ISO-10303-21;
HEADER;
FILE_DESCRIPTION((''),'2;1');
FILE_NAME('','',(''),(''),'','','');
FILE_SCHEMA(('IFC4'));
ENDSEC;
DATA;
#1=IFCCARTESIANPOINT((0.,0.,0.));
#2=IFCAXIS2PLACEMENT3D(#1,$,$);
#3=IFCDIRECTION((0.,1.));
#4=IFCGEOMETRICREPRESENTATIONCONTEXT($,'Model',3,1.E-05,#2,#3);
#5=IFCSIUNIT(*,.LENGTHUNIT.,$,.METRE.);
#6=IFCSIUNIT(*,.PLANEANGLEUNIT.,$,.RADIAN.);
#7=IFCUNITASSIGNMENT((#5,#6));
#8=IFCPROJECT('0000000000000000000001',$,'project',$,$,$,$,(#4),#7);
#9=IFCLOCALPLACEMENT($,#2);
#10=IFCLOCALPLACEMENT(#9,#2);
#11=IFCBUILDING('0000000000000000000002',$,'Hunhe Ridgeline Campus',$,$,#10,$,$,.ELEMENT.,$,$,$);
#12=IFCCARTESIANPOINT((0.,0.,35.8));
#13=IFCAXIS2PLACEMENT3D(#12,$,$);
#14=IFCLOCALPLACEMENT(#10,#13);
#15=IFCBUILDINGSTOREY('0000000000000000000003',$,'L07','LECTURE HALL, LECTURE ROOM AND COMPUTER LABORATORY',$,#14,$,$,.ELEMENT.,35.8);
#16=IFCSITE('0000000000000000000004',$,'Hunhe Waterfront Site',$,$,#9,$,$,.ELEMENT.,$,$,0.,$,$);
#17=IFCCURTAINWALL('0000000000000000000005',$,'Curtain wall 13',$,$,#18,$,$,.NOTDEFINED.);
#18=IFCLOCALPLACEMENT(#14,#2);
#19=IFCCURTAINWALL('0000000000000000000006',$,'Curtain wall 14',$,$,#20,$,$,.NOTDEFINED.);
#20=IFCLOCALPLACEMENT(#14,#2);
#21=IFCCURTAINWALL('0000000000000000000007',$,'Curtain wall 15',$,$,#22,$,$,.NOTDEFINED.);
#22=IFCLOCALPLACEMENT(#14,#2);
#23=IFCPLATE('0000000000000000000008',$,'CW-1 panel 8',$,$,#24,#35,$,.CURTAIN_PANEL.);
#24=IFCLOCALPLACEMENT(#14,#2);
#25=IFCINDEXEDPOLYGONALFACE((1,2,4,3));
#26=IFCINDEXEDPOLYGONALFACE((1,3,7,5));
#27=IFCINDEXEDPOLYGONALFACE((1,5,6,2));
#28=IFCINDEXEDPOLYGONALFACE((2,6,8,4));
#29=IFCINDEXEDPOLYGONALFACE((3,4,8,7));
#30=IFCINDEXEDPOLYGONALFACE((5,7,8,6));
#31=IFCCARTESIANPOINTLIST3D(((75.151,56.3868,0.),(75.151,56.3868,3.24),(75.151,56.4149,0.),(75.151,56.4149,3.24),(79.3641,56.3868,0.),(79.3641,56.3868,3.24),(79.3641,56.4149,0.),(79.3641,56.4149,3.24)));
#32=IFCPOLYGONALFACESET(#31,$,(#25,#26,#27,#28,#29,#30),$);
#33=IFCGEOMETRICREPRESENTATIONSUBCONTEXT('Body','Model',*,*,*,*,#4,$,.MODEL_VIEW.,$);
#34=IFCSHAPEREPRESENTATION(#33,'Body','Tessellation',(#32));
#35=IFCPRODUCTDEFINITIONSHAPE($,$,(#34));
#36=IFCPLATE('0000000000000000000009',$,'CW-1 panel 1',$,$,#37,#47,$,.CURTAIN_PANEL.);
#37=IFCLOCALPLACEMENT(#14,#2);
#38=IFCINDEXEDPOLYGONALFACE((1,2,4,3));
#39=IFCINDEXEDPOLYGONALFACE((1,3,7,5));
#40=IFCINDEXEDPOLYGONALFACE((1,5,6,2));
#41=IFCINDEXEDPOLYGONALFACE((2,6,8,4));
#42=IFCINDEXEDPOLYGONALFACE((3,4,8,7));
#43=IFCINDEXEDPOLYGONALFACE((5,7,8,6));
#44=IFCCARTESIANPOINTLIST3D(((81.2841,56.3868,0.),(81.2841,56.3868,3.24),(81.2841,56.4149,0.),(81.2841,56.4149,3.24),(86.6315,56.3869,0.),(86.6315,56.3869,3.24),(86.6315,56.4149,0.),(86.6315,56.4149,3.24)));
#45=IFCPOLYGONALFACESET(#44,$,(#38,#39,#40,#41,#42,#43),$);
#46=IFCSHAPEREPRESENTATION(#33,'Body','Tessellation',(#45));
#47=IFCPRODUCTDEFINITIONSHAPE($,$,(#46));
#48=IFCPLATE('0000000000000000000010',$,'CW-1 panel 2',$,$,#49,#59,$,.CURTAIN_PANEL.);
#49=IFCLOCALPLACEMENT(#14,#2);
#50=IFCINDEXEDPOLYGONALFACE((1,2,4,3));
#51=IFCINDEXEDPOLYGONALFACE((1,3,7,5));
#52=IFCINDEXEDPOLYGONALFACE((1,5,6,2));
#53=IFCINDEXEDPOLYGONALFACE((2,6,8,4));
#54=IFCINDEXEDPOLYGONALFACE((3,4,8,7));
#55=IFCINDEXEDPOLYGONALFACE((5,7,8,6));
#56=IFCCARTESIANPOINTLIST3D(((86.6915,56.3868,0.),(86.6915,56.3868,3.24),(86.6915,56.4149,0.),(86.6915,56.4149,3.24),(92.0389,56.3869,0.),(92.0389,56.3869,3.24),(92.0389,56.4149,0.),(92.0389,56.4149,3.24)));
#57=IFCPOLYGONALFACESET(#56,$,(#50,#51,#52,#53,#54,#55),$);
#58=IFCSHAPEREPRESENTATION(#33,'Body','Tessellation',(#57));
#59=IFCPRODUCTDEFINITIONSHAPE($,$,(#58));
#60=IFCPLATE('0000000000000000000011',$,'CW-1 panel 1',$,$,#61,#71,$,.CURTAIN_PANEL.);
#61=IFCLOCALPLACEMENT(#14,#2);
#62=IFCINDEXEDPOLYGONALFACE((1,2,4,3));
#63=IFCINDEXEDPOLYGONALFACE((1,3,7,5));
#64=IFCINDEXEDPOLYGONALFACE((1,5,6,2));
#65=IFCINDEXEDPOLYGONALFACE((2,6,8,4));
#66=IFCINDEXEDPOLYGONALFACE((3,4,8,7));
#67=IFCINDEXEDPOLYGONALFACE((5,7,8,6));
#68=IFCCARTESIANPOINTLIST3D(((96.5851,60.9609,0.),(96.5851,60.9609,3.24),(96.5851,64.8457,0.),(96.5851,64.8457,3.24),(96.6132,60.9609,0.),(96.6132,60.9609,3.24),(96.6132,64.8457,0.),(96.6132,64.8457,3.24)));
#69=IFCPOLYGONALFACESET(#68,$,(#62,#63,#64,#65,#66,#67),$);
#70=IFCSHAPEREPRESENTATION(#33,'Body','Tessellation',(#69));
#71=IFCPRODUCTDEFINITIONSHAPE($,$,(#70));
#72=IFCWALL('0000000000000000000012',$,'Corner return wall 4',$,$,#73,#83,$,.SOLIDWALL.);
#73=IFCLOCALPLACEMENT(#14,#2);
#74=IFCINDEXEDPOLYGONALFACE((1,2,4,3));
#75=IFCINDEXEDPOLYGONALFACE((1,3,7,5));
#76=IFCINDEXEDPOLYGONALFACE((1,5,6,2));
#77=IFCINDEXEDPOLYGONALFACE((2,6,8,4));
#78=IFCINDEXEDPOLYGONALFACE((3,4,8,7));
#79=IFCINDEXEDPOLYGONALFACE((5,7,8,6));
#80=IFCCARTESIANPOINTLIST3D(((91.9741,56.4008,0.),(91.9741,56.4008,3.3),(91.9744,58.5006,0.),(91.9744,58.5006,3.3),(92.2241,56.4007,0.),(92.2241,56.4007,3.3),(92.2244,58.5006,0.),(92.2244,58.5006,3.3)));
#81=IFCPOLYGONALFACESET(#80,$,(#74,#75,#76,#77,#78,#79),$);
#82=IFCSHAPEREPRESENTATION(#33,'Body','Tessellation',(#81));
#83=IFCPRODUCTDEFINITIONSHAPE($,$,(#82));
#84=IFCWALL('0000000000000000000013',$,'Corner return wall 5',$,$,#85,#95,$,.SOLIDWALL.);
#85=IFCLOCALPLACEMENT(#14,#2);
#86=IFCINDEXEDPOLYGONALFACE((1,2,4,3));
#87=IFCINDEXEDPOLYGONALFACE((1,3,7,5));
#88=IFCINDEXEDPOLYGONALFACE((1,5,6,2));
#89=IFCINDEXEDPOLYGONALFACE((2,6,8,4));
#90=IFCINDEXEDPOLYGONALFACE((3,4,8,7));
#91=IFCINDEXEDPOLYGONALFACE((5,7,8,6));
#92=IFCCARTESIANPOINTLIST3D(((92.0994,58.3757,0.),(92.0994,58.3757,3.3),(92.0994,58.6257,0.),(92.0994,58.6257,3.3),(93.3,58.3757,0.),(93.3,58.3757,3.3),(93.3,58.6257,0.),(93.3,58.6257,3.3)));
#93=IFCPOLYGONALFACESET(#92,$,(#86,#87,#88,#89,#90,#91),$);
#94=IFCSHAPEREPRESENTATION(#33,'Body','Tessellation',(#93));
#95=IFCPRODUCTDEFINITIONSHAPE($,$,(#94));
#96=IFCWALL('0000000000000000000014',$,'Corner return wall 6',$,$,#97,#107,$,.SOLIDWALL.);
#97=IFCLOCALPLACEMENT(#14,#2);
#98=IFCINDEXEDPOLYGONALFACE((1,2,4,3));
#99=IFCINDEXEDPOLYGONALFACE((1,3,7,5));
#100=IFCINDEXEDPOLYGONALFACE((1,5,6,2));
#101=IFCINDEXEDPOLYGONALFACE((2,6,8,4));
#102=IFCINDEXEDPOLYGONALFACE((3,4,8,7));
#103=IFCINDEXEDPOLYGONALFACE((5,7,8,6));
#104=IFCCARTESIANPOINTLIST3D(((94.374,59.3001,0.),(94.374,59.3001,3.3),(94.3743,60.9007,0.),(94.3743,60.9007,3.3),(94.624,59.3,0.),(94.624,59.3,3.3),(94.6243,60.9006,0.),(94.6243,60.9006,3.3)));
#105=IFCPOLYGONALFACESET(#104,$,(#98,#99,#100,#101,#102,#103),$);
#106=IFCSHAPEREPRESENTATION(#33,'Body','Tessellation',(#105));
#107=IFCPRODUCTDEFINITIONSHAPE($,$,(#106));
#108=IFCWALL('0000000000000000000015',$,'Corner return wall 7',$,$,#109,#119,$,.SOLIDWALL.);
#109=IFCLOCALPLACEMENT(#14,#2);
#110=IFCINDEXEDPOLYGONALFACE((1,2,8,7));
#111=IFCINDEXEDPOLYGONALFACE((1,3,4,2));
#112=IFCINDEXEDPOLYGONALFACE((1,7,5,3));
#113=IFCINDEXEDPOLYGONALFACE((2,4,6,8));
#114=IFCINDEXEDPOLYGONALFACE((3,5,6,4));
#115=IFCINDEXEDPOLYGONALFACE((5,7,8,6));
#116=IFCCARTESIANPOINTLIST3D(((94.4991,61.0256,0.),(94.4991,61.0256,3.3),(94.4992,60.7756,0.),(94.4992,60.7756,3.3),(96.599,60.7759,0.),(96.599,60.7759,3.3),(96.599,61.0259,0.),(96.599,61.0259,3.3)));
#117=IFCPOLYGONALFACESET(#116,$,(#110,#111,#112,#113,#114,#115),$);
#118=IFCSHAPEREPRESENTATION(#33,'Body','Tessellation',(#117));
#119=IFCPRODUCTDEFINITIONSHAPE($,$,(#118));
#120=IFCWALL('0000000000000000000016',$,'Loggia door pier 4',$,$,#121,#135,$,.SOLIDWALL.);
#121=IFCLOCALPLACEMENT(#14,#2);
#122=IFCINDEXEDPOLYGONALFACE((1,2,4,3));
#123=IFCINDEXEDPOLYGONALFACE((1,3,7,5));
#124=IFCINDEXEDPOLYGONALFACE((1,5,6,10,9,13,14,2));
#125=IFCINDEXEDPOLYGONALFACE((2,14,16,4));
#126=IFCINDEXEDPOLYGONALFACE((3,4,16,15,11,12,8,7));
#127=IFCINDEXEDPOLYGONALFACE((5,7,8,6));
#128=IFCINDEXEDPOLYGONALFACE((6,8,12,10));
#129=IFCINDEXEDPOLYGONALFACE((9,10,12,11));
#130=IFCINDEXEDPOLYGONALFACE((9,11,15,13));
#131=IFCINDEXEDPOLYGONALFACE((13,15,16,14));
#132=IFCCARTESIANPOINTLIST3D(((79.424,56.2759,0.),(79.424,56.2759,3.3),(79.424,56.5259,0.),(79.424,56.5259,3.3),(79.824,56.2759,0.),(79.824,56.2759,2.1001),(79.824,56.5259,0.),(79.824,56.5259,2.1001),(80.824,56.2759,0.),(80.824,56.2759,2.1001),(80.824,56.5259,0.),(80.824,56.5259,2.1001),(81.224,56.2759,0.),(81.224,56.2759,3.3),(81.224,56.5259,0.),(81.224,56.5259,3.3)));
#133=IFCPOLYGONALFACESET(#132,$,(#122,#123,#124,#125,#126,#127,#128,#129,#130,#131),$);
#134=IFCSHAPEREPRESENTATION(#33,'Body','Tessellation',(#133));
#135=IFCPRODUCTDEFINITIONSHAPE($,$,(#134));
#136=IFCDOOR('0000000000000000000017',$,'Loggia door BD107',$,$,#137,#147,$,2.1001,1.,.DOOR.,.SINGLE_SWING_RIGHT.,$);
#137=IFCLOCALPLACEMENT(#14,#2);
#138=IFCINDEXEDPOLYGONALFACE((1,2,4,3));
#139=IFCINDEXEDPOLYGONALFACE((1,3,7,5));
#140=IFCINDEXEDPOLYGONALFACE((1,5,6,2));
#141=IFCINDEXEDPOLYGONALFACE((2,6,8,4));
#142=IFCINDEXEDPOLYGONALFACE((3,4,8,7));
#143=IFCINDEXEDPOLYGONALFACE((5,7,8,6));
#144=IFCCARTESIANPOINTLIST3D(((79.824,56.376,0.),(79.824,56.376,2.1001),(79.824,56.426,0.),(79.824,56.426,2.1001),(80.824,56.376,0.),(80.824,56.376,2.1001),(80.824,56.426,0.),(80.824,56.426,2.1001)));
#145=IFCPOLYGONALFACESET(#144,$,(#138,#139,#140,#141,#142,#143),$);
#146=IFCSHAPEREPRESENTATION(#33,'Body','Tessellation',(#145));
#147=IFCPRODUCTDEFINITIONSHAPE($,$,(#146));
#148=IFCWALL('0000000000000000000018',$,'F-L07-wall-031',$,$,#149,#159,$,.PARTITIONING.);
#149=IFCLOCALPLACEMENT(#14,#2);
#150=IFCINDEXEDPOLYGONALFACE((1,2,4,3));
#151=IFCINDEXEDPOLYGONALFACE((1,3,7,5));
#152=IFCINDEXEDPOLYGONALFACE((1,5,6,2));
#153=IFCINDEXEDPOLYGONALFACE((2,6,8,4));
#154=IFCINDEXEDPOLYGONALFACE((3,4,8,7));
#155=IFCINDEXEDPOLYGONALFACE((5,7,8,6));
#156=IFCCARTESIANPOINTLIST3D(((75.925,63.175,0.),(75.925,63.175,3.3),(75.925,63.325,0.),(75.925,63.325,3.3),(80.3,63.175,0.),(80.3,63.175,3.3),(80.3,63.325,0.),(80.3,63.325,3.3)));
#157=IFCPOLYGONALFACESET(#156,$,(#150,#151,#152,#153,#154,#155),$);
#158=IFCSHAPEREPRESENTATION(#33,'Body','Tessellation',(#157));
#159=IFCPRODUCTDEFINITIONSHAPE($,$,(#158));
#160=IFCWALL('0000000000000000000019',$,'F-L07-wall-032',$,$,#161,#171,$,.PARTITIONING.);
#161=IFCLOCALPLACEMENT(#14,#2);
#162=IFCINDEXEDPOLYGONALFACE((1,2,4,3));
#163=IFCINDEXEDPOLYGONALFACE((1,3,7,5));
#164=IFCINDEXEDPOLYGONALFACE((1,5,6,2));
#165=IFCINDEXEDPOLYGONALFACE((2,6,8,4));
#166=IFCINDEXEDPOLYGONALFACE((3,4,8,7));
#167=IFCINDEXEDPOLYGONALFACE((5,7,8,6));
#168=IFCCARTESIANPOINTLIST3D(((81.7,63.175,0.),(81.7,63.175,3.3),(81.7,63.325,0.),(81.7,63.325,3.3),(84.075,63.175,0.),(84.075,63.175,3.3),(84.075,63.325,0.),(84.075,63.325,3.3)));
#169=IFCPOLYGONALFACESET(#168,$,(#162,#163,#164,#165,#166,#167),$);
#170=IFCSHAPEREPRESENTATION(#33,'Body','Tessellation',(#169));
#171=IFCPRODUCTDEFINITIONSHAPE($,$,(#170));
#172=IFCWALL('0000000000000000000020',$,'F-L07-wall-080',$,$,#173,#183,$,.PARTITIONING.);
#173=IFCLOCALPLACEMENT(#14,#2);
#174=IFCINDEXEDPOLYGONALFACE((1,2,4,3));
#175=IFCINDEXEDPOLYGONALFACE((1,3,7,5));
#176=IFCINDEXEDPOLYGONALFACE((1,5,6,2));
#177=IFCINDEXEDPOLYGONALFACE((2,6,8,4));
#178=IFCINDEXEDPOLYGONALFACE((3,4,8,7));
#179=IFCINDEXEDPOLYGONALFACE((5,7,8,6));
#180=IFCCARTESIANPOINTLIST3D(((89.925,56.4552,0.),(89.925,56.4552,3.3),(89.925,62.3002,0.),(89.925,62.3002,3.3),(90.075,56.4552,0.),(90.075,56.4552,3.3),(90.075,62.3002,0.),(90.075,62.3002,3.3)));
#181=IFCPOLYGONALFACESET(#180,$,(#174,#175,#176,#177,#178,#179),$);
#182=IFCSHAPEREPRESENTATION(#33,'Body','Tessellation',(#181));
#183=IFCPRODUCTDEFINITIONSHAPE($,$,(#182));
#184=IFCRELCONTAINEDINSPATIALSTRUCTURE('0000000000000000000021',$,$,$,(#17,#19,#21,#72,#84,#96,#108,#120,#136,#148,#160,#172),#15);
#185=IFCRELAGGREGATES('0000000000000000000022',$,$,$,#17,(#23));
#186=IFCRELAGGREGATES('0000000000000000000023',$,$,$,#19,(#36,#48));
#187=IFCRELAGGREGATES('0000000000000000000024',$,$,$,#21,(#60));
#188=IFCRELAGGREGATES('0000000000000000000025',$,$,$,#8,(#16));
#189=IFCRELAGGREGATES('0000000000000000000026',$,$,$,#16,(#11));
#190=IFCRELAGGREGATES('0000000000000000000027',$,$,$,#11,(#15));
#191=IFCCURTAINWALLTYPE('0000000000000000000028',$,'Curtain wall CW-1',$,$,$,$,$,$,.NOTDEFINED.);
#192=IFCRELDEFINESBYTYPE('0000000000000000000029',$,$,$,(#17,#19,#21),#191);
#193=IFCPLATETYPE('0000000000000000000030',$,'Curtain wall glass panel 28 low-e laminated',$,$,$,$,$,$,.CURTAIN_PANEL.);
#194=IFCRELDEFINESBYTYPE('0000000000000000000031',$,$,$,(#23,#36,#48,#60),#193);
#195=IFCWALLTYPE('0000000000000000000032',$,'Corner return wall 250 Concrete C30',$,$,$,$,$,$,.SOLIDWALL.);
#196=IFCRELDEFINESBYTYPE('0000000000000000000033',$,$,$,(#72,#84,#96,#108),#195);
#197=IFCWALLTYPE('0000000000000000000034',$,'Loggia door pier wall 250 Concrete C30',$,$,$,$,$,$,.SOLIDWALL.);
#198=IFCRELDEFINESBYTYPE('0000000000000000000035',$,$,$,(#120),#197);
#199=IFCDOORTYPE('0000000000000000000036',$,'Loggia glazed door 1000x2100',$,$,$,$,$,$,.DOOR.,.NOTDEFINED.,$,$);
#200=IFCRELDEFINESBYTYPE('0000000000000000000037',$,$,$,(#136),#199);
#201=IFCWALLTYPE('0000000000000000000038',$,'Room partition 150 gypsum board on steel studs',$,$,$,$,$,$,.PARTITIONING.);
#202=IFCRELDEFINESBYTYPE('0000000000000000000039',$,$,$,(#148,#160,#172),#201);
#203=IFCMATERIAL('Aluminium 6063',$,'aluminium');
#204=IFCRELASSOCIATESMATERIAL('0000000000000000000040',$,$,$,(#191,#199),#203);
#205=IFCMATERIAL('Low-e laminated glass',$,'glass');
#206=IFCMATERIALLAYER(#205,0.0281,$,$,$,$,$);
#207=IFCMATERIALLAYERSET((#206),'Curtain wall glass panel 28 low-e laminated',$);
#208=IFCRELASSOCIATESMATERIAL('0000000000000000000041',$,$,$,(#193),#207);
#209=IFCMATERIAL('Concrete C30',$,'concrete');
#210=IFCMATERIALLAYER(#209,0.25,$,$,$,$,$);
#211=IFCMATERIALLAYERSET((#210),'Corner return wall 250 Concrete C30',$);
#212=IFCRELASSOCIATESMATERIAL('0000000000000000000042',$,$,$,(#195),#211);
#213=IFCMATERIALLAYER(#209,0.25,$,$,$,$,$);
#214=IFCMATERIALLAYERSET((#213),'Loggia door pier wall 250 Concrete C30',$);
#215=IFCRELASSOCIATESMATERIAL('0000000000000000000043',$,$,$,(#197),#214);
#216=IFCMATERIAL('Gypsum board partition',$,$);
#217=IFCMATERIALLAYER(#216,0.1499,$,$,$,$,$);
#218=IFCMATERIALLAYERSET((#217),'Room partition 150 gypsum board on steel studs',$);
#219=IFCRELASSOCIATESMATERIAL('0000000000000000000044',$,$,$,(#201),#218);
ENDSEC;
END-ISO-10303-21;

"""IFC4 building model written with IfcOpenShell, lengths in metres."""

from ifc_helpers import new_model, si_unit, direction, frame, frame_2d, origin, origin_2d, place, context, subcontext, project, spatial, rectangle, extrude, material, layer, layer_set, type_object, element, fill, aggregate, save


model = new_model("IFC4")

# Units and contexts
model_context = context("Model", 3, precision=1e-05, world=origin(), true_north=direction((0.0, 1.0)))
body_context = subcontext(model_context, "Body", "Model", "MODEL_VIEW")
ifc_project = project(units=[si_unit("LENGTHUNIT", "METRE"), si_unit("PLANEANGLEUNIT", "RADIAN")], contexts=[model_context])

# Site, building, storey
site_placement = place(None, origin())
site = spatial("IfcSite", under=ifc_project, at=site_placement, Name="Hunhe Waterfront Site", CompositionType="ELEMENT", RefElevation=0.0)
building_placement = place(site_placement, origin())
building = spatial("IfcBuilding", under=site, at=building_placement, Name="Hunhe Ridgeline Campus", CompositionType="ELEMENT")
storey_placement = place(building_placement, frame((0.0, 0.0, 35.8)))
storey = spatial("IfcBuildingStorey", under=building, at=storey_placement, Name="L07", Description="LECTURE HALL, LECTURE ROOM AND COMPUTER LABORATORY", CompositionType="ELEMENT", Elevation=35.8)

# Curtain wall
ifc_material_1 = material(Name="Aluminium 6063", Category="aluminium")
curtain_wall_type = type_object("IfcCurtainWallType", Name="Curtain wall CW-1", PredefinedType="NOTDEFINED", material=ifc_material_1)
curtain_wall_1_placement = place(storey_placement, origin())
curtain_wall_1 = element("IfcCurtainWall", 1, at=curtain_wall_1_placement, inside=storey, type_object=curtain_wall_type, Name="Curtain wall 13", PredefinedType="NOTDEFINED")

# Curtain wall
curtain_wall_2_placement = place(storey_placement, origin())
curtain_wall_2 = element("IfcCurtainWall", 2, at=curtain_wall_2_placement, inside=storey, type_object=curtain_wall_type, Name="Curtain wall 14", PredefinedType="NOTDEFINED")

# Curtain wall
curtain_wall_3_placement = place(storey_placement, origin())
curtain_wall_3 = element("IfcCurtainWall", 3, at=curtain_wall_3_placement, inside=storey, type_object=curtain_wall_type, Name="Curtain wall 15", PredefinedType="NOTDEFINED")

# Plates
ifc_material_2 = material(Name="Low-e laminated glass", Category="glass")
ifc_layer_1 = layer(ifc_material_2, 0.0281)
ifc_layer_set_1 = layer_set([ifc_layer_1], Name="Curtain wall glass panel 28 low-e laminated")
plate_type = type_object("IfcPlateType", Name="Curtain wall glass panel 28 low-e laminated", PredefinedType="CURTAIN_PANEL", material=ifc_layer_set_1)
plate_1_placement = place(storey_placement, frame((77.2576, 56.4009, 0.0), z_axis=(0.0, 0.0, 1.0), x_axis=(1.0, 0.000004, 0.0)))
plate_1 = element("IfcPlate", 4, at=plate_1_placement, type_object=plate_type, Name="CW-1 panel 8", PredefinedType="CURTAIN_PANEL", context=body_context, shape_type="SweptSolid", body=[
    extrude(rectangle(XDim=4.2131, YDim=0.0281, at=origin_2d()), origin(), (0.0, 0.0, 1.0), 3.24),
])
aggregate(curtain_wall_1, [plate_1])
plate_2_placement = place(storey_placement, frame((83.9578, 56.4009, 0.0), z_axis=(0.0, 0.0, 1.0), x_axis=(1.0, 0.000004, 0.0)))
plate_2 = element("IfcPlate", 5, at=plate_2_placement, type_object=plate_type, Name="CW-1 panel 1", PredefinedType="CURTAIN_PANEL", context=body_context, shape_type="SweptSolid", body=[
    extrude(rectangle(XDim=5.3474, YDim=0.0281, at=origin_2d()), origin(), (0.0, 0.0, 1.0), 3.24),
])
plate_3_placement = place(storey_placement, frame((89.3652, 56.4009, 0.0), z_axis=(0.0, 0.0, 1.0), x_axis=(1.0, 0.000004, 0.0)))
plate_3 = element("IfcPlate", 6, at=plate_3_placement, type_object=plate_type, Name="CW-1 panel 2", PredefinedType="CURTAIN_PANEL", context=body_context, shape_type="SweptSolid", body=[
    extrude(rectangle(XDim=5.3474, YDim=0.0281, at=origin_2d()), origin(), (0.0, 0.0, 1.0), 3.24),
])
aggregate(curtain_wall_2, [plate_2, plate_3])
plate_4_placement = place(storey_placement, frame((96.5991, 62.9033, 0.0), z_axis=(0.0, 0.0, 1.0), x_axis=(0.0, 1.0, 0.0)))
plate_4 = element("IfcPlate", 7, at=plate_4_placement, type_object=plate_type, Name="CW-1 panel 1", PredefinedType="CURTAIN_PANEL", context=body_context, shape_type="SweptSolid", body=[
    extrude(rectangle(XDim=3.8848, YDim=0.0281, at=origin_2d()), origin(), (0.0, 0.0, 1.0), 3.24),
])
aggregate(curtain_wall_3, [plate_4])

# Walls
ifc_material_3 = material(Name="Concrete C30", Category="concrete")
ifc_layer_2 = layer(ifc_material_3, 0.25)
ifc_layer_set_2 = layer_set([ifc_layer_2], Name="Corner return wall 250 Concrete C30")
wall_type_1 = type_object("IfcWallType", Name="Corner return wall 250 Concrete C30", PredefinedType="SOLIDWALL", material=ifc_layer_set_2)
wall_1_placement = place(storey_placement, frame((92.0991, 56.4009, 0.0), z_axis=(0.0, 0.0, 1.0), x_axis=(0.000116, 1.0, 0.0)))
element("IfcWall", 8, at=wall_1_placement, inside=storey, type_object=wall_type_1, Name="Corner return wall 4", PredefinedType="SOLIDWALL", context=body_context, shape_type="SweptSolid", body=[
    extrude(rectangle(XDim=2.0999, YDim=0.25, at=frame_2d((1.0498, 0.0))), origin(), (0.0, 0.0, 1.0), 3.3),
])
wall_2_placement = place(storey_placement, frame((92.0994, 58.5007, 0.0), z_axis=(0.0, 0.0, 1.0), x_axis=(1.0, 0.0, 0.0)))
element("IfcWall", 9, at=wall_2_placement, inside=storey, type_object=wall_type_1, Name="Corner return wall 5", PredefinedType="SOLIDWALL", context=body_context, shape_type="SweptSolid", body=[
    extrude(rectangle(XDim=1.2007, YDim=0.25, at=frame_2d((0.6003, 0.0))), origin(), (0.0, 0.0, 1.0), 3.3),
])
wall_3_placement = place(storey_placement, frame((94.499, 59.3, 0.0), z_axis=(0.0, 0.0, 1.0), x_axis=(0.000153, 1.0, 0.0)))
element("IfcWall", 10, at=wall_3_placement, inside=storey, type_object=wall_type_1, Name="Corner return wall 6", PredefinedType="SOLIDWALL", context=body_context, shape_type="SweptSolid", body=[
    extrude(rectangle(XDim=1.6006, YDim=0.25, at=frame_2d((0.8003, 0.0))), origin(), (0.0, 0.0, 1.0), 3.3),
])
wall_4_placement = place(storey_placement, frame((94.4993, 60.9006, 0.0), z_axis=(0.0, 0.0, 1.0), x_axis=(1.0, 0.000116, 0.0)))
element("IfcWall", 11, at=wall_4_placement, inside=storey, type_object=wall_type_1, Name="Corner return wall 7", PredefinedType="SOLIDWALL", context=body_context, shape_type="SweptSolid", body=[
    extrude(rectangle(XDim=2.0999, YDim=0.25, at=frame_2d((1.0498, 0.0))), origin(), (0.0, 0.0, 1.0), 3.3),
])

# Wall, opening, door
ifc_layer_3 = layer(ifc_material_3, 0.25)
ifc_layer_set_3 = layer_set([ifc_layer_3], Name="Loggia door pier wall 250 Concrete C30")
wall_type_2 = type_object("IfcWallType", Name="Loggia door pier wall 250 Concrete C30", PredefinedType="SOLIDWALL", material=ifc_layer_set_3)
wall_5_placement = place(storey_placement, frame((79.4241, 56.4009, 0.0), z_axis=(0.0, 0.0, 1.0), x_axis=(1.0, 0.0, 0.0)))
wall_5 = element("IfcWall", 12, at=wall_5_placement, inside=storey, type_object=wall_type_2, Name="Loggia door pier 4", PredefinedType="SOLIDWALL", context=body_context, shape_type="SweptSolid", body=[
    extrude(rectangle(XDim=1.8, YDim=0.25, at=frame_2d((0.8999, 0.0))), origin(), (0.0, 0.0, 1.0), 3.3),
])
opening_placement = place(wall_5_placement, frame((0.3999, 0.0, 0.0)))
opening = element("IfcOpeningElement", 13, at=opening_placement, cuts=wall_5, PredefinedType="OPENING", context=body_context, shape_type="SweptSolid", body=[
    extrude(rectangle(XDim=1.0, YDim=2.1001, at=frame_2d((0.5, 1.05))), frame((0.0, 0.125, 0.0), z_axis=(0.0, -1.0, 0.0), x_axis=(1.0, 0.0, 0.0)), (0.0, 0.0, 1.0), 0.25),
])
door_type = type_object("IfcDoorType", Name="Loggia glazed door 1000x2100", OperationType="NOTDEFINED", PredefinedType="DOOR", material=ifc_material_1)
door_placement = place(opening_placement, frame((1.0, 0.0, 0.0), z_axis=(0.0, 0.0, 1.0), x_axis=(-1.0, 0.0, 0.0)))
door = element("IfcDoor", 14, at=door_placement, inside=storey, type_object=door_type, Name="Loggia door BD107", OperationType="SINGLE_SWING_RIGHT", OverallHeight=2.1001, OverallWidth=1.0, PredefinedType="DOOR", context=body_context, shape_type="SweptSolid", body=[
    extrude(rectangle(XDim=1.0, YDim=2.1001, at=frame_2d((0.5, 1.05))), frame((0.0, 0.0249, 0.0), z_axis=(0.0, -1.0, 0.0), x_axis=(1.0, 0.0, 0.0)), (0.0, 0.0, 1.0), 0.05),
])
fill(opening, door)

# Walls
ifc_material_4 = material(Name="Gypsum board partition")
ifc_layer_4 = layer(ifc_material_4, 0.1499)
ifc_layer_set_4 = layer_set([ifc_layer_4], Name="Room partition 150 gypsum board on steel studs")
wall_type_3 = type_object("IfcWallType", Name="Room partition 150 gypsum board on steel studs", PredefinedType="PARTITIONING", material=ifc_layer_set_4)
wall_6_placement = place(storey_placement, frame((75.925, 63.25, 0.0), z_axis=(0.0, 0.0, 1.0), x_axis=(1.0, 0.0, 0.0)))
element("IfcWall", 15, at=wall_6_placement, inside=storey, type_object=wall_type_3, Name="F-L07-wall-031", PredefinedType="PARTITIONING", context=body_context, shape_type="SweptSolid", body=[
    extrude(rectangle(XDim=4.375, YDim=0.1499, at=frame_2d((2.1875, 0.0))), origin(), (0.0, 0.0, 1.0), 3.3),
])
wall_7_placement = place(storey_placement, frame((81.7, 63.25, 0.0), z_axis=(0.0, 0.0, 1.0), x_axis=(1.0, 0.0, 0.0)))
element("IfcWall", 16, at=wall_7_placement, inside=storey, type_object=wall_type_3, Name="F-L07-wall-032", PredefinedType="PARTITIONING", context=body_context, shape_type="SweptSolid", body=[
    extrude(rectangle(XDim=2.375, YDim=0.1499, at=frame_2d((1.1875, 0.0))), origin(), (0.0, 0.0, 1.0), 3.3),
])
wall_8_placement = place(storey_placement, frame((90.0, 62.3, 0.0), z_axis=(0.0, 0.0, 1.0), x_axis=(0.0, -1.0, 0.0)))
element("IfcWall", 17, at=wall_8_placement, inside=storey, type_object=wall_type_3, Name="F-L07-wall-080", PredefinedType="PARTITIONING", context=body_context, shape_type="SweptSolid", body=[
    extrude(rectangle(XDim=5.845, YDim=0.1499, at=frame_2d((2.9224, 0.0))), origin(), (0.0, 0.0, 1.0), 3.3),
])

save(model, "model.ifc")
